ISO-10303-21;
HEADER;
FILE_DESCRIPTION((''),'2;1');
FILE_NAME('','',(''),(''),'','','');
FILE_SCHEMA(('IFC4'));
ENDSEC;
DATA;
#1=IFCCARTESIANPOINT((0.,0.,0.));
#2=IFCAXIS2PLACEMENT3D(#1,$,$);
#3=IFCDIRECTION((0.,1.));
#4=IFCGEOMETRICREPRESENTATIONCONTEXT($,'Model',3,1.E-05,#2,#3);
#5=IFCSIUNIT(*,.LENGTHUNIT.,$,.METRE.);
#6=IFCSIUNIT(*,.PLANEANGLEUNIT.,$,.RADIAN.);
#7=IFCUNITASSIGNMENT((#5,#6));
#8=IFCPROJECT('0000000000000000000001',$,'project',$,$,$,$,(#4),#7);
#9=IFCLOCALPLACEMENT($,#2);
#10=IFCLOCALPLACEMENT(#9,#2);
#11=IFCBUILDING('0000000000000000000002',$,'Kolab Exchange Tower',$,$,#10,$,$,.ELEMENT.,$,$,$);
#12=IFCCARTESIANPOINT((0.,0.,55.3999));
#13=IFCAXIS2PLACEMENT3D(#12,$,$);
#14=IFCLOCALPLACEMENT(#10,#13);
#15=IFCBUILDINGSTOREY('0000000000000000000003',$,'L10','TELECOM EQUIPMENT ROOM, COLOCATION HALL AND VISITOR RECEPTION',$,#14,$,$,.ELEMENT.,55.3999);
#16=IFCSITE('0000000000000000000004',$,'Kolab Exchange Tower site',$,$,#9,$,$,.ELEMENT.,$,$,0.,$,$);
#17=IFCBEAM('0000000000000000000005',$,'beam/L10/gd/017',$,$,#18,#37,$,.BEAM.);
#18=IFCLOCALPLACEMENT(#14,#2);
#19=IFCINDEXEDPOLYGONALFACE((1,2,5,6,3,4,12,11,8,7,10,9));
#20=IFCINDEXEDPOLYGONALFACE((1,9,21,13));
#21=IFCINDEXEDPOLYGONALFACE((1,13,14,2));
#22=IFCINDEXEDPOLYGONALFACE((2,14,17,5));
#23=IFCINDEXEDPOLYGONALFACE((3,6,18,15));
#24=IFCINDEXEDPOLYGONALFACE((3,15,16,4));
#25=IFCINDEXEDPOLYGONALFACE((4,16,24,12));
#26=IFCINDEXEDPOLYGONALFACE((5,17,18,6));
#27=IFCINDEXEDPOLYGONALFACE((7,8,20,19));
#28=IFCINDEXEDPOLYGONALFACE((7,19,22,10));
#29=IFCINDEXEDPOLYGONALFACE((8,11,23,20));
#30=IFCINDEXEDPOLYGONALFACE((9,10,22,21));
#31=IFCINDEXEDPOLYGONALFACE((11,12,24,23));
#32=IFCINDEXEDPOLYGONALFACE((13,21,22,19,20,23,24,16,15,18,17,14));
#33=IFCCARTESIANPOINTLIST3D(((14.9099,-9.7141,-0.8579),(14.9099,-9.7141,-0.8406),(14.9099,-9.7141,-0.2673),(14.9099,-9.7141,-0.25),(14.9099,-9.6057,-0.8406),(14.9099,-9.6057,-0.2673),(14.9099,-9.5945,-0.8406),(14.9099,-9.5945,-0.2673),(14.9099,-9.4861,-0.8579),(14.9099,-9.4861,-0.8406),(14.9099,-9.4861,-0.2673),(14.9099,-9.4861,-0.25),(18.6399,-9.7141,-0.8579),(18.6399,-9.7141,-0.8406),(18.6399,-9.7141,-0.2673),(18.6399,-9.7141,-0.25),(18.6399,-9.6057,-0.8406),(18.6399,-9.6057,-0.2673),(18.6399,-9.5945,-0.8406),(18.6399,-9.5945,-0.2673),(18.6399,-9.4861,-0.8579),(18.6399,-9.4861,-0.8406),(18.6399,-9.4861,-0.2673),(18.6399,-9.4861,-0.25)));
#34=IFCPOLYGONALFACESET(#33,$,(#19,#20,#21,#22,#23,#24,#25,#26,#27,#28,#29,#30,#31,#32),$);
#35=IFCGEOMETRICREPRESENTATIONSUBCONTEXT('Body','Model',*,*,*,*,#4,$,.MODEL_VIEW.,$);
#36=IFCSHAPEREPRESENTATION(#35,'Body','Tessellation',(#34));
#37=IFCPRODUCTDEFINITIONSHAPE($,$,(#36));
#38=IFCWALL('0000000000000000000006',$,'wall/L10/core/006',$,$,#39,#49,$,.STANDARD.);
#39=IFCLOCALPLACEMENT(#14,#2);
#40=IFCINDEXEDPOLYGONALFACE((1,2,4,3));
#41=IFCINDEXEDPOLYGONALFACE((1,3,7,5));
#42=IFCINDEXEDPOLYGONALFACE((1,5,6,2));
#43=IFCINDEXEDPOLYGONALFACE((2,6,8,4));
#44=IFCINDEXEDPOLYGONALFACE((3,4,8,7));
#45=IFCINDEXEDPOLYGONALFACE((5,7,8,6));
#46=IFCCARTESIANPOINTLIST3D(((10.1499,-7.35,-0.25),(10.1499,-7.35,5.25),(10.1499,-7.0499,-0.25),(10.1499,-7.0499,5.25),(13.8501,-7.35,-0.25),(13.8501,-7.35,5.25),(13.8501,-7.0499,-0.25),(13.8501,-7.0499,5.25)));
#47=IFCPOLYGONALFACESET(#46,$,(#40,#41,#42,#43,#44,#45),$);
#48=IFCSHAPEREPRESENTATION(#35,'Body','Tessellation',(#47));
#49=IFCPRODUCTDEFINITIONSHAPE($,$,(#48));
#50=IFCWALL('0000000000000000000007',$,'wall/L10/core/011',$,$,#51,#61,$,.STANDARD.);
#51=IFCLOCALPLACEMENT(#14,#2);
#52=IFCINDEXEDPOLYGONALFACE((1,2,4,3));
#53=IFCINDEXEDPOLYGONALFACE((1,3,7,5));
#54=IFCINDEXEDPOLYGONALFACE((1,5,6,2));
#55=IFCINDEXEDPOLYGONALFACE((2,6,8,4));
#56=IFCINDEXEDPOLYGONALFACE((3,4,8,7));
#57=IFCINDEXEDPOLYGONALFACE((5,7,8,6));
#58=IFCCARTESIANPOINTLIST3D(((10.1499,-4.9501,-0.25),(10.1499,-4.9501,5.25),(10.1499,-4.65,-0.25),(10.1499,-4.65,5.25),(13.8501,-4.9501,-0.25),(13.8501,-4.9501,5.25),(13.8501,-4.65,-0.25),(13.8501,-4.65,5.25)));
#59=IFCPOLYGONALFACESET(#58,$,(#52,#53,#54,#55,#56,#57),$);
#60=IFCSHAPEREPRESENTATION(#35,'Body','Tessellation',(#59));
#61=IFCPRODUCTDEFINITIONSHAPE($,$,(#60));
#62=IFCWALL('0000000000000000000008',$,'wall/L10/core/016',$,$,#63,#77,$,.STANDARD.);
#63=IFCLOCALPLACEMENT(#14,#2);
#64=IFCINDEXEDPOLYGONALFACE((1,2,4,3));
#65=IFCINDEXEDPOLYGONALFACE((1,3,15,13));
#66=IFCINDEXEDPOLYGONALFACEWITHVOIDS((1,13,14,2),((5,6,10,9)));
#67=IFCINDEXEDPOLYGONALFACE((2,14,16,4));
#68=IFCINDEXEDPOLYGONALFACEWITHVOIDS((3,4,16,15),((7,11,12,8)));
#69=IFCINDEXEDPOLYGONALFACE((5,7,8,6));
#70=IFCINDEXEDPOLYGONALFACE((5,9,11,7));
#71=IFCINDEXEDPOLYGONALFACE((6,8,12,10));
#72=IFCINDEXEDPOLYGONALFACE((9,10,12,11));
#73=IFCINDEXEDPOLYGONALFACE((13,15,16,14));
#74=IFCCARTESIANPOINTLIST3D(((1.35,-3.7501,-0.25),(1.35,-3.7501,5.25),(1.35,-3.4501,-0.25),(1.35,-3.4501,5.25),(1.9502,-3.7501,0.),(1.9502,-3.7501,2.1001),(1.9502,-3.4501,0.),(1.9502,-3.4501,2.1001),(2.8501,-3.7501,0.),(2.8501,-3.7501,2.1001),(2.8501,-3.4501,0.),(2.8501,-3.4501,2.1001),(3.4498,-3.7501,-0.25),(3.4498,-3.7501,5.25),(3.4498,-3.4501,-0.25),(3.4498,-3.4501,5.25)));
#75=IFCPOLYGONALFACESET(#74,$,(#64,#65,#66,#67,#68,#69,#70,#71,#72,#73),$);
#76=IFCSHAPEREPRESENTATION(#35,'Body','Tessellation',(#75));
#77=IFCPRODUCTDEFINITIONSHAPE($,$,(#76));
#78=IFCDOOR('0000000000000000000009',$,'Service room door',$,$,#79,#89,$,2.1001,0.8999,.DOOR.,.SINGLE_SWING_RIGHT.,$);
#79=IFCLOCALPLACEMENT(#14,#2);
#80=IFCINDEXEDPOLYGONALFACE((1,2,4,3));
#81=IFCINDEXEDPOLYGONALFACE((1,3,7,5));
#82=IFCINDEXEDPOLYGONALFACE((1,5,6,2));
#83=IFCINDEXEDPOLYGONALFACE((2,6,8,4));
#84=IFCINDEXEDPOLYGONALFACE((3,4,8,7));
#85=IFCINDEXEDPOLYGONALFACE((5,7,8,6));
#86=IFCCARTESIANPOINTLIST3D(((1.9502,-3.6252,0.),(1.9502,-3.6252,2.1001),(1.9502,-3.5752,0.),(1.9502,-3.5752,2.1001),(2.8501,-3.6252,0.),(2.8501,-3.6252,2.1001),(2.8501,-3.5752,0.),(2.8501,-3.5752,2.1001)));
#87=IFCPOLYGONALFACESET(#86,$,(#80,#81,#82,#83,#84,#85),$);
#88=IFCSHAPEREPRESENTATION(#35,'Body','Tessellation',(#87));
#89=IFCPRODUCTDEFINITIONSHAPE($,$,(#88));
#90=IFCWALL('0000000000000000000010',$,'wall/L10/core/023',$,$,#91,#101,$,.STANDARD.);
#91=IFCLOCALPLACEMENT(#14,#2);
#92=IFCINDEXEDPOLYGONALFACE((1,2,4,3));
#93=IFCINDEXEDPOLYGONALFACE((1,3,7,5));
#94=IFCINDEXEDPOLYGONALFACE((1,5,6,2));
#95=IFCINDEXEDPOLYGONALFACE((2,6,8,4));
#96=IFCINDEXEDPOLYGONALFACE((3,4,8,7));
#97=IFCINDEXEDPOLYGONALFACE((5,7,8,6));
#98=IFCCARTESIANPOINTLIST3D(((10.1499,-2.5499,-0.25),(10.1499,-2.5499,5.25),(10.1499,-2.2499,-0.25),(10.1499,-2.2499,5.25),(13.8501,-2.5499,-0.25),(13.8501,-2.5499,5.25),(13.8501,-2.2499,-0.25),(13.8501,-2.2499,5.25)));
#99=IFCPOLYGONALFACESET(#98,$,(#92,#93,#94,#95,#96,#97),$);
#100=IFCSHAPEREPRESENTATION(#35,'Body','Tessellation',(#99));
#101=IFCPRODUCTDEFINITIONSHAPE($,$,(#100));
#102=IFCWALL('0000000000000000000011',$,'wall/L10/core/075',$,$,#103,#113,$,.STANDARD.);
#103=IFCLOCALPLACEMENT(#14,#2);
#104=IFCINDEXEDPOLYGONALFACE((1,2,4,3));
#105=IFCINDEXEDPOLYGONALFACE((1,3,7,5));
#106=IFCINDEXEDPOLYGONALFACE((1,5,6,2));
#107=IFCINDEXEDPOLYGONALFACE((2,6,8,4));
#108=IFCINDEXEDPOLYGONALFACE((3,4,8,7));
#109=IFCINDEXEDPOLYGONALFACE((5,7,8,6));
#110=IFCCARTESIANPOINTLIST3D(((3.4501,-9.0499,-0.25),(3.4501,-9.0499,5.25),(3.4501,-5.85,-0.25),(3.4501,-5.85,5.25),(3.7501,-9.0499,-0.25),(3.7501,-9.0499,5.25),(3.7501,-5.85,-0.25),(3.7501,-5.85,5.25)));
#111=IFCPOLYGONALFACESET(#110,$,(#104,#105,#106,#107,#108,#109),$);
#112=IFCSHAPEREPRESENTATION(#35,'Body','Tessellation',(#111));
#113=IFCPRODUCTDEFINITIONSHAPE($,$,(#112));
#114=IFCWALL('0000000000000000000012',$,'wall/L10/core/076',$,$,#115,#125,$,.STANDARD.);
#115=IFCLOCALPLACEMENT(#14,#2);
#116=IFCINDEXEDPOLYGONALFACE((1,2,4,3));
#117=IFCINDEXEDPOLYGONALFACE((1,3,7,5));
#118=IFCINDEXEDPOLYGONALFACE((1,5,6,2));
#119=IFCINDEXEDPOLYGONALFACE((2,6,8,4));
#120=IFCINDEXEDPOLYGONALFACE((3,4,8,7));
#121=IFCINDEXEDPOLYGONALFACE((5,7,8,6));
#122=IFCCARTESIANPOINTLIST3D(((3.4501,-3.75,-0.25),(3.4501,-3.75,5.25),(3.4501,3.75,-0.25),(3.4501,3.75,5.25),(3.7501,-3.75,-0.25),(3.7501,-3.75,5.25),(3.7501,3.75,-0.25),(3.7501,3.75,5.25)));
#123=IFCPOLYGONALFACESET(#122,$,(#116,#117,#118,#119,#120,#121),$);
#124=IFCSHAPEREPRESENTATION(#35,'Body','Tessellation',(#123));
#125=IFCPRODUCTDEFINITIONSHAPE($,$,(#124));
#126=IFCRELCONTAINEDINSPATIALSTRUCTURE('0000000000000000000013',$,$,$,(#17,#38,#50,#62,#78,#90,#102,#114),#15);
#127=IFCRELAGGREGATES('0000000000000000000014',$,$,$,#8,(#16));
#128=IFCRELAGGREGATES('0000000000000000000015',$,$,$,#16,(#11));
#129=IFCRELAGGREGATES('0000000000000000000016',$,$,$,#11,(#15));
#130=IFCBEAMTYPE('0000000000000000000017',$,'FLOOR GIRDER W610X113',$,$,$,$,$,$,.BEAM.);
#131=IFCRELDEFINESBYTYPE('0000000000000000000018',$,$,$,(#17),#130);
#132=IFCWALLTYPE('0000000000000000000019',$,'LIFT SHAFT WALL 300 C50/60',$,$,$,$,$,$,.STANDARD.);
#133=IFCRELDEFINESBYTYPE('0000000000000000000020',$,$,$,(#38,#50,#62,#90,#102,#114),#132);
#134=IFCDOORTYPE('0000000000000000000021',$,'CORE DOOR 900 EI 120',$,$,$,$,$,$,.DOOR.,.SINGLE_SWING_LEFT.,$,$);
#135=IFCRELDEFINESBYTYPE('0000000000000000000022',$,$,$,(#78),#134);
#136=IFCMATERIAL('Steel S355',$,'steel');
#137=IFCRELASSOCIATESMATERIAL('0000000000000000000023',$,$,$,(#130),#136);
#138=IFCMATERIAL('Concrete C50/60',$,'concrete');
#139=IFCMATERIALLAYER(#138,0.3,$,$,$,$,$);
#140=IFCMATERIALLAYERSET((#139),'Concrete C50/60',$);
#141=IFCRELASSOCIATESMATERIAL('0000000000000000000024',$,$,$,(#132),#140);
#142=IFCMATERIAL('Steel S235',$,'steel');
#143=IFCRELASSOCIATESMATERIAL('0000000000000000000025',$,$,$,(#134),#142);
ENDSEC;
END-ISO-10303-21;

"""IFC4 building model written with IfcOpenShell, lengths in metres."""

from ifc_helpers import new_model, si_unit, direction, frame, frame_2d, origin, origin_2d, place, context, subcontext, project, spatial, rectangle, i_section, extrude, material, layer, layer_set, material_profile, profile_set, type_object, element, fill, save


model = new_model("IFC4")

# Units and contexts
model_context = context("Model", 3, precision=1e-05, world=origin(), true_north=direction((0.0, 1.0)))
body_context = subcontext(model_context, "Body", "Model", "MODEL_VIEW")
ifc_project = project(units=[si_unit("LENGTHUNIT", "METRE"), si_unit("PLANEANGLEUNIT", "RADIAN")], contexts=[model_context])

# Site, building, storey
site_placement = place(None, origin())
site = spatial("IfcSite", under=ifc_project, at=site_placement, Name="Kolab Exchange Tower site", CompositionType="ELEMENT", RefElevation=0.0)
building_placement = place(site_placement, origin())
building = spatial("IfcBuilding", under=site, at=building_placement, Name="Kolab Exchange Tower", CompositionType="ELEMENT")
storey_placement = place(building_placement, frame((0.0, 0.0, 55.3999)))
storey = spatial("IfcBuildingStorey", under=building, at=storey_placement, Name="L10", Description="TELECOM EQUIPMENT ROOM, COLOCATION HALL AND VISITOR RECEPTION", CompositionType="ELEMENT", Elevation=55.3999)

# Beam
ifc_material_1 = material(Name="Steel S355", Category="steel")
ifc_material_profile = material_profile(ifc_material_1, i_section(OverallWidth=0.228, OverallDepth=0.6079, WebThickness=0.0112, FlangeThickness=0.0173, at=origin_2d()), Name="W610X113")
ifc_profile_set = profile_set([ifc_material_profile], Name="Steel S355")
beam_type = type_object("IfcBeamType", Name="FLOOR GIRDER W610X113", PredefinedType="BEAM", material=ifc_profile_set)
beam_placement = place(storey_placement, frame((14.9099, -9.6001, -0.554), z_axis=(1.0, 0.0, 0.0), x_axis=(0.0, 1.0, 0.0)))
element("IfcBeam", 1, at=beam_placement, inside=storey, type_object=beam_type, Name="beam/L10/gd/017", PredefinedType="BEAM", context=body_context, shape_type="SweptSolid", body=[
    extrude(i_section(OverallWidth=0.228, OverallDepth=0.6079, WebThickness=0.0112, FlangeThickness=0.0173, at=origin_2d()), origin(), (0.0, 0.0, 1.0), 3.73),
])

# Walls
ifc_material_2 = material(Name="Concrete C50/60", Category="concrete")
ifc_layer_1 = layer(ifc_material_2, 0.3)
ifc_layer_set_1 = layer_set([ifc_layer_1], Name="Concrete C50/60")
wall_type_1 = type_object("IfcWallType", Name="LIFT SHAFT WALL 300 C50/60", PredefinedType="STANDARD", material=ifc_layer_set_1)
for number, where, z_axis, x_axis, name in (
    (2, (10.1499, -7.2, -0.25), (0.0, 0.0, 1.0), (1.0, 0.0, 0.0), "wall/L10/core/006"),
    (3, (10.1499, -4.8, -0.25), (0.0, 0.0, 1.0), (1.0, 0.0, 0.0), "wall/L10/core/011"),
):
    element("IfcWall", number, at=place(storey_placement, frame(where, z_axis=z_axis, x_axis=x_axis)), inside=storey, type_object=wall_type_1, Name=name, PredefinedType="STANDARD", context=body_context, shape_type="SweptSolid", body=[
        extrude(rectangle(XDim=3.7002, YDim=0.3, at=frame_2d((1.8501, 0.0))), origin(), (0.0, 0.0, 1.0), 5.5),
    ])

# Wall, opening, door
wall_1_placement = place(storey_placement, frame((1.3501, -3.6001, -0.25), z_axis=(0.0, 0.0, 1.0), x_axis=(1.0, 0.0, 0.0)))
wall_1 = element("IfcWall", 4, at=wall_1_placement, inside=storey, type_object=wall_type_1, Name="wall/L10/core/016", PredefinedType="STANDARD", context=body_context, shape_type="SweptSolid", body=[
    extrude(rectangle(XDim=2.0999, YDim=0.3, at=frame_2d((1.0498, 0.0))), origin(), (0.0, 0.0, 1.0), 5.5),
])
opening_1_placement = place(wall_1_placement, frame((0.6001, 0.0, 0.25)))
opening_1 = element("IfcOpeningElement", 5, at=opening_1_placement, cuts=wall_1, PredefinedType="OPENING", context=body_context, shape_type="SweptSolid", body=[
    extrude(rectangle(XDim=0.8999, YDim=2.1001, at=frame_2d((0.45, 1.05))), frame((0.0, 0.1602, 0.0), z_axis=(0.0, -1.0, 0.0), x_axis=(1.0, 0.0, 0.0)), (0.0, 0.0, 1.0), 0.3201),
])
ifc_material_3 = material(Name="Steel S235", Category="steel")
door_type_1 = type_object("IfcDoorType", Name="CORE DOOR 900 EI 120", OperationType="SINGLE_SWING_LEFT", PredefinedType="DOOR", material=ifc_material_3)
door_1_placement = place(opening_1_placement, origin())
door_1 = element("IfcDoor", 6, at=door_1_placement, inside=storey, type_object=door_type_1, Name="Service room door", OperationType="SINGLE_SWING_RIGHT", OverallHeight=2.1001, OverallWidth=0.8999, PredefinedType="DOOR", context=body_context, shape_type="SweptSolid", body=[
    extrude(rectangle(XDim=0.8999, YDim=2.1001, at=frame_2d((0.45, 1.05))), frame((0.0, 0.0249, 0.0), z_axis=(0.0, -1.0, 0.0), x_axis=(1.0, 0.0, 0.0)), (0.0, 0.0, 1.0), 0.05),
])
fill(opening_1, door_1)

# Walls
wall_2_placement = place(storey_placement, frame((10.1499, -2.3999, -0.25), z_axis=(0.0, 0.0, 1.0), x_axis=(1.0, 0.0, 0.0)))
element("IfcWall", 7, at=wall_2_placement, inside=storey, type_object=wall_type_1, Name="wall/L10/core/023", PredefinedType="STANDARD", context=body_context, shape_type="SweptSolid", body=[
    extrude(rectangle(XDim=3.7002, YDim=0.3, at=frame_2d((1.8501, 0.0))), origin(), (0.0, 0.0, 1.0), 5.5),
])
wall_3_placement = place(storey_placement, frame((3.6001, -9.05, -0.25), z_axis=(0.0, 0.0, 1.0), x_axis=(0.0, 1.0, 0.0)))
element("IfcWall", 8, at=wall_3_placement, inside=storey, type_object=wall_type_1, Name="wall/L10/core/075", PredefinedType="STANDARD", context=body_context, shape_type="SweptSolid", body=[
    extrude(rectangle(XDim=3.2, YDim=0.3, at=frame_2d((1.6001, 0.0))), origin(), (0.0, 0.0, 1.0), 5.5),
])
wall_4_placement = place(storey_placement, frame((3.6001, -3.75, -0.25), z_axis=(0.0, 0.0, 1.0), x_axis=(0.0, 1.0, 0.0)))
element("IfcWall", 9, at=wall_4_placement, inside=storey, type_object=wall_type_1, Name="wall/L10/core/076", PredefinedType="STANDARD", context=body_context, shape_type="SweptSolid", body=[
    extrude(rectangle(XDim=7.5, YDim=0.3, at=frame_2d((3.75, 0.0))), origin(), (0.0, 0.0, 1.0), 5.5),
])

save(model, "model.ifc")
